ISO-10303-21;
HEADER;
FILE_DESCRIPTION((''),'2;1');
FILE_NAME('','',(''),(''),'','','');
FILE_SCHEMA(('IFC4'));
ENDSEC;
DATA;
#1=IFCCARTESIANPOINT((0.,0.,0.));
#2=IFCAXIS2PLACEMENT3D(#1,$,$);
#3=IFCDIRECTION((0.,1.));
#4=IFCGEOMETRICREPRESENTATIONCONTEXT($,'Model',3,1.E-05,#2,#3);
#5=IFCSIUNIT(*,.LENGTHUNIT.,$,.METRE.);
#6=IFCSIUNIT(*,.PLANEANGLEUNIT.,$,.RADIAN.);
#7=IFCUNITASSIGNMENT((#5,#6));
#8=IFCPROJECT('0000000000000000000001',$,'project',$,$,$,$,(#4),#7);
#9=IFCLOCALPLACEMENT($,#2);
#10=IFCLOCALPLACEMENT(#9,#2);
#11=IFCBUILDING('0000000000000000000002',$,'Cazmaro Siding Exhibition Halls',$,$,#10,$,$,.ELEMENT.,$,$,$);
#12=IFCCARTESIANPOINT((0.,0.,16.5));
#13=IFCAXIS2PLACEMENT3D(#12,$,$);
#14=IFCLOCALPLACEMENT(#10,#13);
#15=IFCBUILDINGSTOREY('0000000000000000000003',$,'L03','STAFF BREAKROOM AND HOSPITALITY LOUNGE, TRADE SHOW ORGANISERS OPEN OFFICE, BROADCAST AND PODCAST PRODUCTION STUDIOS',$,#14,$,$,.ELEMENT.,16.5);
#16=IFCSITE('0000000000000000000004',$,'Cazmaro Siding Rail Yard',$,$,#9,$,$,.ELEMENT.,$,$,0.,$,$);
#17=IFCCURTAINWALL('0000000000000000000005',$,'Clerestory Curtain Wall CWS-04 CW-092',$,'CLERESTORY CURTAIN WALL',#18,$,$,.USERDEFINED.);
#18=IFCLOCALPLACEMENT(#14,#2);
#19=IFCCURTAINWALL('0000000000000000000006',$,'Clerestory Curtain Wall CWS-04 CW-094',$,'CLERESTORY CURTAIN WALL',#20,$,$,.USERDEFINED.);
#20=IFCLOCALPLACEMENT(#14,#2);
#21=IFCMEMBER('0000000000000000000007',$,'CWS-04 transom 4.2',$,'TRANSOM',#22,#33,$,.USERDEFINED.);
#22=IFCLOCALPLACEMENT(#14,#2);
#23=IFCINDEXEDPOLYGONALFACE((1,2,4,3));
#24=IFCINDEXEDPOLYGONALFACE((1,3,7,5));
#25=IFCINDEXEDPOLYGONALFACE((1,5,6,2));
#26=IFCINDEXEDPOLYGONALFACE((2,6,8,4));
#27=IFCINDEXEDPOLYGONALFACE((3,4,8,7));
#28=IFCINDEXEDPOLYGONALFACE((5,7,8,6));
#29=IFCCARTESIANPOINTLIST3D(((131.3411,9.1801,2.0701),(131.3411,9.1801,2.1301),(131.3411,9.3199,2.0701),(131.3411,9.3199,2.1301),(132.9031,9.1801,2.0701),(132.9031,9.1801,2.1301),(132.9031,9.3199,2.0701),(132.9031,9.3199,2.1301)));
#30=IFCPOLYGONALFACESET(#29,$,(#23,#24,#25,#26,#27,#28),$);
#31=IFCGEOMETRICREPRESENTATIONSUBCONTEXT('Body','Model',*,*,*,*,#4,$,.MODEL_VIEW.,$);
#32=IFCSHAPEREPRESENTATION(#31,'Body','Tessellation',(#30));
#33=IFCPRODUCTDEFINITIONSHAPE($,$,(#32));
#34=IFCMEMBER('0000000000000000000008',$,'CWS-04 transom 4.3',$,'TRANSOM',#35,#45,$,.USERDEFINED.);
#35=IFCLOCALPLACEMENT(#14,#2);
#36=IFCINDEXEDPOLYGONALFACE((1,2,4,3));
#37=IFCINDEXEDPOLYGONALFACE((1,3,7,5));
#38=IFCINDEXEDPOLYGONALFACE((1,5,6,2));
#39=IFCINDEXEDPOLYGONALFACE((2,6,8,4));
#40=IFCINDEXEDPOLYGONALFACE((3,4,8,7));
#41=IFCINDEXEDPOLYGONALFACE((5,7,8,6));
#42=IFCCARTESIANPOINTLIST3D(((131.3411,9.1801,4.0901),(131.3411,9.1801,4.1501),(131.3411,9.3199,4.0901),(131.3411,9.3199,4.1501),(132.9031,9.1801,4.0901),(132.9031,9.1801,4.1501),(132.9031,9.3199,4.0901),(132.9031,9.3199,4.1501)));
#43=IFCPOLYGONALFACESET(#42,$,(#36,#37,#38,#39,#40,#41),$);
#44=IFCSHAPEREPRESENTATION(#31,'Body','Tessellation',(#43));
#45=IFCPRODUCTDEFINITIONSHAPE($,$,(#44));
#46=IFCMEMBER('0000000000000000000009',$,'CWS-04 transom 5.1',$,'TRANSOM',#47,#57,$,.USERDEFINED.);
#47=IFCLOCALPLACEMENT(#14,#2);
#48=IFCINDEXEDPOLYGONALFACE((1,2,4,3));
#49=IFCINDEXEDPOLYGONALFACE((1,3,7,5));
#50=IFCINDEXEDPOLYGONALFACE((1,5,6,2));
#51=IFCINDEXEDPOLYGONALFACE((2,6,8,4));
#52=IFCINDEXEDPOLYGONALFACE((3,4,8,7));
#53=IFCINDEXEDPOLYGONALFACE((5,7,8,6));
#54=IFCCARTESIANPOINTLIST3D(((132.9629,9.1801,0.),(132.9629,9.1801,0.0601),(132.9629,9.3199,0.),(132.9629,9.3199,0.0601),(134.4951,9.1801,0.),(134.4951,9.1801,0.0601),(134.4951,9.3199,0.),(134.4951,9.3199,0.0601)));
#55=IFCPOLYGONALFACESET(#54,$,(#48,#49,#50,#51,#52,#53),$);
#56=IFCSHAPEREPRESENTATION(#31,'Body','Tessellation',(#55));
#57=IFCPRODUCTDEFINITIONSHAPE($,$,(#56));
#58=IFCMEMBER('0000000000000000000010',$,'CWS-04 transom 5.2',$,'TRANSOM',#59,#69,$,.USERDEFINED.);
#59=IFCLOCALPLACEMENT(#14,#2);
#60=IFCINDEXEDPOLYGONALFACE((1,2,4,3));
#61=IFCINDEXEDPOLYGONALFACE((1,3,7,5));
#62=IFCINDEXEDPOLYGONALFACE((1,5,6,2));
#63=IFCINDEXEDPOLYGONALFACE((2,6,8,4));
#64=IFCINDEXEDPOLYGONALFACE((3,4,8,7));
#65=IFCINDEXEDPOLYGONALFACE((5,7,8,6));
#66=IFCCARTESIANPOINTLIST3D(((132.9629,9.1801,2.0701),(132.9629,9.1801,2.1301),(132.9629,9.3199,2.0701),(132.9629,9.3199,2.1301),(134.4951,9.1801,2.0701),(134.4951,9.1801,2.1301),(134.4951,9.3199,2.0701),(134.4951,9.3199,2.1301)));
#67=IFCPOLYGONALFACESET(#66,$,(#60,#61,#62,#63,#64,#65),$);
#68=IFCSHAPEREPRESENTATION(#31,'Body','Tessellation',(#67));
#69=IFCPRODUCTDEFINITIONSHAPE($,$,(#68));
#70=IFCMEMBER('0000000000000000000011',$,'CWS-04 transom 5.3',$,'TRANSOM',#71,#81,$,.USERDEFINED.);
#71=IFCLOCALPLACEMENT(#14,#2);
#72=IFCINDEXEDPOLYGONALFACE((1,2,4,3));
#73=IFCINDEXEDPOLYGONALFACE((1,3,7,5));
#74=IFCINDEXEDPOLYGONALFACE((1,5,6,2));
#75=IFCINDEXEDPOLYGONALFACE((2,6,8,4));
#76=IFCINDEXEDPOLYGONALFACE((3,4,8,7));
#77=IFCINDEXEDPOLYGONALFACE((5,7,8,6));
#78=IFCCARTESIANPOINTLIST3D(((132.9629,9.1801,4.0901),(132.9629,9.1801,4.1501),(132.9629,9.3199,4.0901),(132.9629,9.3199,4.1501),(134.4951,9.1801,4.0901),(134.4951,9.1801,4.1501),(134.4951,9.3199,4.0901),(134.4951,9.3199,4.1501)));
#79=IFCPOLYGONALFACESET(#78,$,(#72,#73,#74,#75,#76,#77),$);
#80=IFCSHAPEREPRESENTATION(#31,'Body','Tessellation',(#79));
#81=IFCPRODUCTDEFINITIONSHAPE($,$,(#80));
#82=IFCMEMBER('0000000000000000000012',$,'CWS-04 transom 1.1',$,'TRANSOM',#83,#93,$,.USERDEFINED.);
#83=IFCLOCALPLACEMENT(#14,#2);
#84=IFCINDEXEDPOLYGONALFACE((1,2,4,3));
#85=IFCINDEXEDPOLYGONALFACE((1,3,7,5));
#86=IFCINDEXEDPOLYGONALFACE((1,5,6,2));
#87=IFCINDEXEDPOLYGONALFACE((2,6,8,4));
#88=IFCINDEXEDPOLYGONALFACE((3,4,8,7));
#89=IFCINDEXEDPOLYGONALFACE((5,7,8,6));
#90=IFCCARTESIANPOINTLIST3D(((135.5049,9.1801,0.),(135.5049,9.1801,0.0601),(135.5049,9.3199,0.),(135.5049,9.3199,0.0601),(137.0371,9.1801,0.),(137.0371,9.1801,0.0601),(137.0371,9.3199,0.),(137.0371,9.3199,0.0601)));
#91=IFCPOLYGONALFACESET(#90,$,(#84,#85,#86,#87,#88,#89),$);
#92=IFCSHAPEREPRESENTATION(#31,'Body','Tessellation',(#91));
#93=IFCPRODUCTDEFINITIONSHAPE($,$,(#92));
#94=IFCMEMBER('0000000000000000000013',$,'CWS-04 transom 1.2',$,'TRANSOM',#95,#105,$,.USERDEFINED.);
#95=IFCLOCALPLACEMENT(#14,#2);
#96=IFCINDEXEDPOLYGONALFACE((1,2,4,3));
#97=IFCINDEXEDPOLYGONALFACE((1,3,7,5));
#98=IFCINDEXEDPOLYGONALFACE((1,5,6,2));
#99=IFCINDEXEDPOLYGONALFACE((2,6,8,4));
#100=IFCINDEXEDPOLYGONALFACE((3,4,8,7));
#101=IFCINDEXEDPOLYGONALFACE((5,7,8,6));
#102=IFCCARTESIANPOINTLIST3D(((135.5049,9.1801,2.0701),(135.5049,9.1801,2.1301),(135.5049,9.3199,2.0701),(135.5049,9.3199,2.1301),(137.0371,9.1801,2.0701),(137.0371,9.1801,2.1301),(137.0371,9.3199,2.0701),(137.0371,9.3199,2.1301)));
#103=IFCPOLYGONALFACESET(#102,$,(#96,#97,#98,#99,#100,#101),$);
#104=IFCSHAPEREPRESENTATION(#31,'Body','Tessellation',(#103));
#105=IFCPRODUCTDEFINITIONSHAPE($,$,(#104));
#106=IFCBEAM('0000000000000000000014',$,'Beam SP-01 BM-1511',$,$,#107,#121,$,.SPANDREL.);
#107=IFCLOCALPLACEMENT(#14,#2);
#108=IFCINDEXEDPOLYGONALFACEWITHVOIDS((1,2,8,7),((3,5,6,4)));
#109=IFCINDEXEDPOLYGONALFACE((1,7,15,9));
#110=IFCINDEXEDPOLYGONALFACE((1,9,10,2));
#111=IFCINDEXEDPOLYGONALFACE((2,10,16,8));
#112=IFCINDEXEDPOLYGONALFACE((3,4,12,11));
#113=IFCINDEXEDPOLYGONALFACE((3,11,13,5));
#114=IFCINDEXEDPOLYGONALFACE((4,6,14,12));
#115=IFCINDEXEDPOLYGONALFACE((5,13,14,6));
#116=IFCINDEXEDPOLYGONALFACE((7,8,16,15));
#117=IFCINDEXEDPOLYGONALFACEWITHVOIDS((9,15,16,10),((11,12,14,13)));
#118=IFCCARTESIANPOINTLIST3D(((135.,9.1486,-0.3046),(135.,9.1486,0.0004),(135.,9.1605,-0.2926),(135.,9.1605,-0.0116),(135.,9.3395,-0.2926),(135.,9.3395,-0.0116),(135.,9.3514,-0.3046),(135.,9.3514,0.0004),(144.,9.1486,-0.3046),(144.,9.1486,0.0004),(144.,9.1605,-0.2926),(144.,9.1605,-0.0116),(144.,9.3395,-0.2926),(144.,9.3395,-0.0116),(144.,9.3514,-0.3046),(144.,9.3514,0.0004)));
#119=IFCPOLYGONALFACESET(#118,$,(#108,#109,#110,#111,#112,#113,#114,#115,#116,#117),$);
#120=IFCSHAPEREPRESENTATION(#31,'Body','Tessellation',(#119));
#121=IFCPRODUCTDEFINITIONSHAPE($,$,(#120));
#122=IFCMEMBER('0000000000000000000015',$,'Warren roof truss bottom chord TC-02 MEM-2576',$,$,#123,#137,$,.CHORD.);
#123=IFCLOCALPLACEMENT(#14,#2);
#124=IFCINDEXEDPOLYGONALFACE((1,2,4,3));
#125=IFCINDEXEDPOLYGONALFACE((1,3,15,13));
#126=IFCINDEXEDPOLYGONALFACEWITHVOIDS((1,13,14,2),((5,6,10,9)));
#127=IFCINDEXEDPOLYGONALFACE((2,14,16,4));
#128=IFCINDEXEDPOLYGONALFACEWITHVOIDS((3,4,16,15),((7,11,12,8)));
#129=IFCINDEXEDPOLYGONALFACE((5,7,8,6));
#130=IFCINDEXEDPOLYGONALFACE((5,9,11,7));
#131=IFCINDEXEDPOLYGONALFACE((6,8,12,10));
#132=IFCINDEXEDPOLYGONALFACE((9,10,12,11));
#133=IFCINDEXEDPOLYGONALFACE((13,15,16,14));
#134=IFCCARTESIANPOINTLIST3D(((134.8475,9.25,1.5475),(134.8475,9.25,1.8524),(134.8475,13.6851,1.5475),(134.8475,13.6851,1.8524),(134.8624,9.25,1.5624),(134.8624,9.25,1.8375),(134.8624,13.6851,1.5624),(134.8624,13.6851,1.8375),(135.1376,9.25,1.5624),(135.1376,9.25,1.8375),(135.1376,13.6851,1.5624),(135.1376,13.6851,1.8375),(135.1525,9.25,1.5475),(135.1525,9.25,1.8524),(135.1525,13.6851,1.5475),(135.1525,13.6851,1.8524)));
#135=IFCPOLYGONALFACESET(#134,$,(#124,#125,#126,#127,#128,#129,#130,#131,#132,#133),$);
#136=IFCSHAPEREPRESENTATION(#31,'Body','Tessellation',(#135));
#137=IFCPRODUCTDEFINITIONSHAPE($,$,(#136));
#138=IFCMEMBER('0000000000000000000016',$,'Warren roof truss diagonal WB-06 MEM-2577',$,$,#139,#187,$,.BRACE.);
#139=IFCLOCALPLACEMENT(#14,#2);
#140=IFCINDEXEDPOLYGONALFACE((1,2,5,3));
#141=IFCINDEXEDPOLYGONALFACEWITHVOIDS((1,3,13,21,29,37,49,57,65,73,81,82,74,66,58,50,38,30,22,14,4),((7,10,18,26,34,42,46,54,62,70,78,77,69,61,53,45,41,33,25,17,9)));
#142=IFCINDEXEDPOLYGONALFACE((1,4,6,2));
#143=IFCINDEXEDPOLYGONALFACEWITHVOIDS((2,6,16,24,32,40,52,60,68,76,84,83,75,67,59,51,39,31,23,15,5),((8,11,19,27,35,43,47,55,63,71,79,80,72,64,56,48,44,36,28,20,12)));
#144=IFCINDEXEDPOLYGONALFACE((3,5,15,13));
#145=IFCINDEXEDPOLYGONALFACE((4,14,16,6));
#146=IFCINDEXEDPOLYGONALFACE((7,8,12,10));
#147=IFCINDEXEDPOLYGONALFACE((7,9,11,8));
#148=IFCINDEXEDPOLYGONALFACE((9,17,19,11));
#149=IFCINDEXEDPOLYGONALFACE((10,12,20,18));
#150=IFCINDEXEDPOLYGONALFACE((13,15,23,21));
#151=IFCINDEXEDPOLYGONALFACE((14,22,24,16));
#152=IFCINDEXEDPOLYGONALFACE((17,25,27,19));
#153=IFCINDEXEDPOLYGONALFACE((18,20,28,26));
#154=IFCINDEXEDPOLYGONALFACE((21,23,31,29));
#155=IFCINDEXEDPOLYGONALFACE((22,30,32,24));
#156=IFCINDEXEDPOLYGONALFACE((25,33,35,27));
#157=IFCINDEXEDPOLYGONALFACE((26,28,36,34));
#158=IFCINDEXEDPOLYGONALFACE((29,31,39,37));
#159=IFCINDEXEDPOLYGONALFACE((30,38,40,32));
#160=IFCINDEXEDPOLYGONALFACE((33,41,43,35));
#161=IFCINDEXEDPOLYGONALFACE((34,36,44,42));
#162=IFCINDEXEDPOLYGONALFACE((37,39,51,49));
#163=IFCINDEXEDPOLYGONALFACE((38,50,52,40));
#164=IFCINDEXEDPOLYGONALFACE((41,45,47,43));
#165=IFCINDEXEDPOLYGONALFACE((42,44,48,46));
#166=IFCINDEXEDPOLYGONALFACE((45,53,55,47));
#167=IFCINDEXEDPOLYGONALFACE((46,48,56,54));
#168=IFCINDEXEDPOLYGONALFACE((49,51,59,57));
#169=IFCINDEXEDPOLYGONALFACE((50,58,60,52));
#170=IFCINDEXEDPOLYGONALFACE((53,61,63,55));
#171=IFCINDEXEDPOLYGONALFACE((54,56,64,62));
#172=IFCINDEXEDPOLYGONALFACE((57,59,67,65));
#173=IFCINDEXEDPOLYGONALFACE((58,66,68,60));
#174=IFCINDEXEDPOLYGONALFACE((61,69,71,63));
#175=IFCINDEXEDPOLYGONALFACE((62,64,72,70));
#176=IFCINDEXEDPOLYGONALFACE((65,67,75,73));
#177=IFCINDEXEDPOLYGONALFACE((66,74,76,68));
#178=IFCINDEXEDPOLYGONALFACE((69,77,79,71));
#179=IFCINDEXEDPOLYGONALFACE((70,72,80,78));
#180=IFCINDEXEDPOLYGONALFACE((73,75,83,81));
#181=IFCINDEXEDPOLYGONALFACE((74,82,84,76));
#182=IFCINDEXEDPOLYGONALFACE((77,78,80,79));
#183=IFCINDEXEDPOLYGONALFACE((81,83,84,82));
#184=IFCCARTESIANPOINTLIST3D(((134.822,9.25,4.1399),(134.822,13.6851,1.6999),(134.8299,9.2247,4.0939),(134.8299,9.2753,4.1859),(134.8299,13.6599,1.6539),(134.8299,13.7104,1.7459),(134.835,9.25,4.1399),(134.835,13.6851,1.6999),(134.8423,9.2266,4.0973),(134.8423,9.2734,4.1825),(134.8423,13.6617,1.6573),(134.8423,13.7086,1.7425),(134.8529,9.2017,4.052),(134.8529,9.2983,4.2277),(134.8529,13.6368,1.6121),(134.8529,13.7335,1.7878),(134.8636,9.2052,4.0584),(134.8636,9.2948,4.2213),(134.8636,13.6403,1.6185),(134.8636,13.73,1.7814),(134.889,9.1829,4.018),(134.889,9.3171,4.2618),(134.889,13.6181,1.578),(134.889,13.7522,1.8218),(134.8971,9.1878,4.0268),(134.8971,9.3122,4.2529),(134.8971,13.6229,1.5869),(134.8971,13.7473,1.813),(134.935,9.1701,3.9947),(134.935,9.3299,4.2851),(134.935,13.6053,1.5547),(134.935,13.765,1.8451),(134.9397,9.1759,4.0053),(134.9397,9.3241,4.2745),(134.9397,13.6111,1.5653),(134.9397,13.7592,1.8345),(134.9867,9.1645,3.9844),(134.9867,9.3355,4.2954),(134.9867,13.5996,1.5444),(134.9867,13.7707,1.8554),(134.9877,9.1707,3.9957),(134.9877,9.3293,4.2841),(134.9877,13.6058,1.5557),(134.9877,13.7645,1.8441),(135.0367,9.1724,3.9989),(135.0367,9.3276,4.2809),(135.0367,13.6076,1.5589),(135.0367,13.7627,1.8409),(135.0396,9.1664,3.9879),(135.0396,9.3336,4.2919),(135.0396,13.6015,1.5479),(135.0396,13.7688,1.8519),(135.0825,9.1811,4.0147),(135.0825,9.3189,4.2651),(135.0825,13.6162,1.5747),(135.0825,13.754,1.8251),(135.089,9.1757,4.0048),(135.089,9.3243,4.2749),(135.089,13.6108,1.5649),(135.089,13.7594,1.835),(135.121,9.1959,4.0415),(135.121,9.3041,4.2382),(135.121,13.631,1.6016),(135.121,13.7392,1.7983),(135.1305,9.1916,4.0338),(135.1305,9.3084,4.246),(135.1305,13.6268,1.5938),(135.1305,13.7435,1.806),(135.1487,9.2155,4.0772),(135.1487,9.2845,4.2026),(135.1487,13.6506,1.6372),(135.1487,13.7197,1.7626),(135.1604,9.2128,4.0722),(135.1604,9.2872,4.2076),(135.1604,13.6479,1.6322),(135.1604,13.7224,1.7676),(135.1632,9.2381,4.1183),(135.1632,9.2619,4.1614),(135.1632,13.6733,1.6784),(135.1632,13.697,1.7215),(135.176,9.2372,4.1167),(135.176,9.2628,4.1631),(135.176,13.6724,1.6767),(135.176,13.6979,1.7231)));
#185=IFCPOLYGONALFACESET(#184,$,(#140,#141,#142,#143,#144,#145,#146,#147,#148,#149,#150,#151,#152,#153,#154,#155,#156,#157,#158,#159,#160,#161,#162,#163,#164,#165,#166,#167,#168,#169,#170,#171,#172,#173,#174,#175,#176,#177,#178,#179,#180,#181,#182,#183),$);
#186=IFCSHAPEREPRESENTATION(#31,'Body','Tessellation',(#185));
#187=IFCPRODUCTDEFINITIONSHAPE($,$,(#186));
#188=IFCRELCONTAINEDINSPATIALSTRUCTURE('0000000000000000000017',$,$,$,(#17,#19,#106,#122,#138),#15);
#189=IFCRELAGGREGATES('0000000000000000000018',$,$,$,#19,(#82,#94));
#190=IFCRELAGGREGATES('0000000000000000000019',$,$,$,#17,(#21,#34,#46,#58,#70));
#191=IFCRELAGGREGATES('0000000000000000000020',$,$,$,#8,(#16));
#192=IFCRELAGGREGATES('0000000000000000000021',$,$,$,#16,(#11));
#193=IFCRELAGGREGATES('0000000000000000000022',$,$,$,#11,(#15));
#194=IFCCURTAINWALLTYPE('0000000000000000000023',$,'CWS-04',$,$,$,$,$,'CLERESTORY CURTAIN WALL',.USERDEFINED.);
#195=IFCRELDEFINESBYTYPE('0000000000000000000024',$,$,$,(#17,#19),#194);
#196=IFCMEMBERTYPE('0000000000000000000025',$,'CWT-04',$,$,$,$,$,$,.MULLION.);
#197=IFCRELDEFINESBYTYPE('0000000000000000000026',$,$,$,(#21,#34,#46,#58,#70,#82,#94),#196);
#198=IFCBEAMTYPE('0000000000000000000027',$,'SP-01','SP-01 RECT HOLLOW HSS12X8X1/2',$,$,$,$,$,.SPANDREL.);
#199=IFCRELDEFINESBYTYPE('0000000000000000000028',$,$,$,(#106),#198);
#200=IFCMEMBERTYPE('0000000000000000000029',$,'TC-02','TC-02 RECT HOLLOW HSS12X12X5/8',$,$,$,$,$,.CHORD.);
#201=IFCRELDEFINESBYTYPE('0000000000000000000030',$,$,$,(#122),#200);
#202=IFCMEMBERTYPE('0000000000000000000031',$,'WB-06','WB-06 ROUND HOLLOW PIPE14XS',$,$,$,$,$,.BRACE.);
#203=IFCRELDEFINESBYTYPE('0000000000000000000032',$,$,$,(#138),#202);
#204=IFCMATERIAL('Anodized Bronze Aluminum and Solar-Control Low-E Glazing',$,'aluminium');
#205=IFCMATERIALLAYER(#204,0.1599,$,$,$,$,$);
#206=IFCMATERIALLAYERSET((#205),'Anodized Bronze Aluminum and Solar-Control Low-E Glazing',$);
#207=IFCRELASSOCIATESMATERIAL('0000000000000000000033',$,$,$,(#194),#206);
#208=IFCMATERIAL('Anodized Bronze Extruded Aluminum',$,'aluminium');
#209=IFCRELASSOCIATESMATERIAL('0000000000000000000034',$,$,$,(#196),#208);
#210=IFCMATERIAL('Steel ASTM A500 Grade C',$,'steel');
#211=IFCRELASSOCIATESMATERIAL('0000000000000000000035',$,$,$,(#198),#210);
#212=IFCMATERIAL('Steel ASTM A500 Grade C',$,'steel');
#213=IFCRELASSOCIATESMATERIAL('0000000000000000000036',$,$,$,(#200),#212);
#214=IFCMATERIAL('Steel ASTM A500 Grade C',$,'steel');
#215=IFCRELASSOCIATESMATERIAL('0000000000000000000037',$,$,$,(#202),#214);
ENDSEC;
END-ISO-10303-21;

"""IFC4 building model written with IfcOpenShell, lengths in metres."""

from ifc_helpers import new_model, si_unit, direction, frame, origin, origin_2d, place, context, subcontext, project, spatial, rectangle, hollow_rectangle, hollow_circle, extrude, material, layer, layer_set, material_profile, profile_set, type_object, element, aggregate, save


model = new_model("IFC4")

# Units and contexts
model_context = context("Model", 3, precision=1e-05, world=origin(), true_north=direction((0.0, 1.0)))
body_context = subcontext(model_context, "Body", "Model", "MODEL_VIEW")
ifc_project = project(units=[si_unit("LENGTHUNIT", "METRE"), si_unit("PLANEANGLEUNIT", "RADIAN")], contexts=[model_context])

# Site, building, storey
site_placement = place(None, origin())
site = spatial("IfcSite", under=ifc_project, at=site_placement, Name="Cazmaro Siding Rail Yard", CompositionType="ELEMENT", RefElevation=0.0)
building_placement = place(site_placement, origin())
building = spatial("IfcBuilding", under=site, at=building_placement, Name="Cazmaro Siding Exhibition Halls", CompositionType="ELEMENT")
storey_placement = place(building_placement, frame((0.0, 0.0, 16.5)))
storey = spatial("IfcBuildingStorey", under=building, at=storey_placement, Name="L03", Description="STAFF BREAKROOM AND HOSPITALITY LOUNGE, TRADE SHOW ORGANISERS OPEN OFFICE, BROADCAST AND PODCAST PRODUCTION STUDIOS", CompositionType="ELEMENT", Elevation=16.5)

# Curtain wall
ifc_material_1 = material(Name="Anodized Bronze Aluminum and Solar-Control Low-E Glazing", Category="aluminium")
ifc_layer_1 = layer(ifc_material_1, 0.1599)
ifc_layer_set_1 = layer_set([ifc_layer_1], Name="Anodized Bronze Aluminum and Solar-Control Low-E Glazing")
curtain_wall_type = type_object("IfcCurtainWallType", Name="CWS-04", ElementType="CLERESTORY CURTAIN WALL", PredefinedType="USERDEFINED", material=ifc_layer_set_1)
curtain_wall_1_placement = place(storey_placement, origin())
curtain_wall_1 = element("IfcCurtainWall", 1, at=curtain_wall_1_placement, inside=storey, type_object=curtain_wall_type, Name="Clerestory Curtain Wall CWS-04 CW-092", ObjectType="CLERESTORY CURTAIN WALL", PredefinedType="USERDEFINED")

# Curtain wall
curtain_wall_2_placement = place(storey_placement, origin())
curtain_wall_2 = element("IfcCurtainWall", 2, at=curtain_wall_2_placement, inside=storey, type_object=curtain_wall_type, Name="Clerestory Curtain Wall CWS-04 CW-094", ObjectType="CLERESTORY CURTAIN WALL", PredefinedType="USERDEFINED")

# Members
ifc_material_2 = material(Name="Anodized Bronze Extruded Aluminum", Category="aluminium")
ifc_material_profile_1 = material_profile(ifc_material_2, rectangle(XDim=0.1399, YDim=0.0601, at=origin_2d()), Name="CWT-04")
ifc_profile_set_1 = profile_set([ifc_material_profile_1], Name="Anodized Bronze Extruded Aluminum")
member_type_1 = type_object("IfcMemberType", Name="CWT-04", PredefinedType="MULLION", material=ifc_profile_set_1)
member_1_placement = place(storey_placement, frame((131.3411, 9.25, 2.1001), z_axis=(1.0, 0.0, 0.0), x_axis=(0.0, 1.0, 0.0)))
member_1 = element("IfcMember", 3, at=member_1_placement, type_object=member_type_1, Name="CWS-04 transom 4.2", ObjectType="TRANSOM", PredefinedType="USERDEFINED", context=body_context, shape_type="SweptSolid", body=[
    extrude(rectangle(XDim=0.1399, YDim=0.0601, at=origin_2d()), origin(), (0.0, 0.0, 1.0), 1.562),
])
member_2_placement = place(storey_placement, frame((131.3411, 9.25, 4.1201), z_axis=(1.0, 0.0, 0.0), x_axis=(0.0, 1.0, 0.0)))
member_2 = element("IfcMember", 4, at=member_2_placement, type_object=member_type_1, Name="CWS-04 transom 4.3", ObjectType="TRANSOM", PredefinedType="USERDEFINED", context=body_context, shape_type="SweptSolid", body=[
    extrude(rectangle(XDim=0.1399, YDim=0.0601, at=origin_2d()), origin(), (0.0, 0.0, 1.0), 1.562),
])
member_3_placement = place(storey_placement, frame((132.9629, 9.25, 0.03), z_axis=(1.0, 0.0, 0.0), x_axis=(0.0, 1.0, 0.0)))
member_3 = element("IfcMember", 5, at=member_3_placement, type_object=member_type_1, Name="CWS-04 transom 5.1", ObjectType="TRANSOM", PredefinedType="USERDEFINED", context=body_context, shape_type="SweptSolid", body=[
    extrude(rectangle(XDim=0.1399, YDim=0.0601, at=origin_2d()), origin(), (0.0, 0.0, 1.0), 1.5322),
])
member_4_placement = place(storey_placement, frame((132.9629, 9.25, 2.1001), z_axis=(1.0, 0.0, 0.0), x_axis=(0.0, 1.0, 0.0)))
member_4 = element("IfcMember", 6, at=member_4_placement, type_object=member_type_1, Name="CWS-04 transom 5.2", ObjectType="TRANSOM", PredefinedType="USERDEFINED", context=body_context, shape_type="SweptSolid", body=[
    extrude(rectangle(XDim=0.1399, YDim=0.0601, at=origin_2d()), origin(), (0.0, 0.0, 1.0), 1.5322),
])
member_5_placement = place(storey_placement, frame((132.9629, 9.25, 4.1201), z_axis=(1.0, 0.0, 0.0), x_axis=(0.0, 1.0, 0.0)))
member_5 = element("IfcMember", 7, at=member_5_placement, type_object=member_type_1, Name="CWS-04 transom 5.3", ObjectType="TRANSOM", PredefinedType="USERDEFINED", context=body_context, shape_type="SweptSolid", body=[
    extrude(rectangle(XDim=0.1399, YDim=0.0601, at=origin_2d()), origin(), (0.0, 0.0, 1.0), 1.5322),
])
member_6_placement = place(storey_placement, frame((135.5049, 9.25, 0.03), z_axis=(1.0, 0.0, 0.0), x_axis=(0.0, 1.0, 0.0)))
member_6 = element("IfcMember", 8, at=member_6_placement, type_object=member_type_1, Name="CWS-04 transom 1.1", ObjectType="TRANSOM", PredefinedType="USERDEFINED", context=body_context, shape_type="SweptSolid", body=[
    extrude(rectangle(XDim=0.1399, YDim=0.0601, at=origin_2d()), origin(), (0.0, 0.0, 1.0), 1.5322),
])
member_7_placement = place(storey_placement, frame((135.5049, 9.25, 2.1001), z_axis=(1.0, 0.0, 0.0), x_axis=(0.0, 1.0, 0.0)))
member_7 = element("IfcMember", 9, at=member_7_placement, type_object=member_type_1, Name="CWS-04 transom 1.2", ObjectType="TRANSOM", PredefinedType="USERDEFINED", context=body_context, shape_type="SweptSolid", body=[
    extrude(rectangle(XDim=0.1399, YDim=0.0601, at=origin_2d()), origin(), (0.0, 0.0, 1.0), 1.5322),
])
aggregate(curtain_wall_2, [member_6, member_7])

# Beam
ifc_material_3 = material(Name="Steel ASTM A500 Grade C", Category="steel")
ifc_material_profile_2 = material_profile(ifc_material_3, hollow_rectangle(XDim=0.2029, YDim=0.3049, WallThickness=0.012, at=origin_2d()), Name="HSS12X8X1/2")
ifc_profile_set_2 = profile_set([ifc_material_profile_2], Name="Steel ASTM A500 Grade C")
beam_type = type_object("IfcBeamType", Name="SP-01", Description="SP-01 RECT HOLLOW HSS12X8X1/2", PredefinedType="SPANDREL", material=ifc_profile_set_2)
beam_placement = place(storey_placement, frame((135.0, 9.25, -0.1521), z_axis=(1.0, 0.0, 0.0), x_axis=(0.0, 1.0, 0.0)))
element("IfcBeam", 10, at=beam_placement, inside=storey, type_object=beam_type, Name="Beam SP-01 BM-1511", PredefinedType="SPANDREL", context=body_context, shape_type="SweptSolid", body=[
    extrude(hollow_rectangle(XDim=0.2029, YDim=0.3049, WallThickness=0.012, at=origin_2d()), origin(), (0.0, 0.0, 1.0), 9.0),
])

# Members
ifc_material_4 = material(Name="Steel ASTM A500 Grade C", Category="steel")
ifc_material_profile_3 = material_profile(ifc_material_4, hollow_rectangle(XDim=0.3049, YDim=0.3049, WallThickness=0.0149, at=origin_2d()), Name="HSS12X12X5/8")
ifc_profile_set_3 = profile_set([ifc_material_profile_3], Name="Steel ASTM A500 Grade C")
member_type_2 = type_object("IfcMemberType", Name="TC-02", Description="TC-02 RECT HOLLOW HSS12X12X5/8", PredefinedType="CHORD", material=ifc_profile_set_3)
member_8_placement = place(storey_placement, frame((135.0, 9.25, 1.7), z_axis=(0.0, 1.0, 0.0), x_axis=(-1.0, 0.0, 0.0)))
element("IfcMember", 11, at=member_8_placement, inside=storey, type_object=member_type_2, Name="Warren roof truss bottom chord TC-02 MEM-2576", PredefinedType="CHORD", context=body_context, shape_type="SweptSolid", body=[
    extrude(hollow_rectangle(XDim=0.3049, YDim=0.3049, WallThickness=0.0149, at=origin_2d()), origin(), (0.0, 0.0, 1.0), 4.4351),
])
ifc_material_5 = material(Name="Steel ASTM A500 Grade C", Category="steel")
ifc_material_profile_4 = material_profile(ifc_material_5, hollow_circle(Radius=0.178, WallThickness=0.0129, at=origin_2d()), Name="PIPE14XS")
ifc_profile_set_4 = profile_set([ifc_material_profile_4], Name="Steel ASTM A500 Grade C")
member_type_3 = type_object("IfcMemberType", Name="WB-06", Description="WB-06 ROUND HOLLOW PIPE14XS", PredefinedType="BRACE", material=ifc_profile_set_4)
member_9_placement = place(storey_placement, frame((135.0, 9.25, 4.1399), z_axis=(0.0, 0.876161, -0.482019), x_axis=(-1.0, 0.0, 0.0)))
element("IfcMember", 12, at=member_9_placement, inside=storey, type_object=member_type_3, Name="Warren roof truss diagonal WB-06 MEM-2577", PredefinedType="BRACE", context=body_context, shape_type="SweptSolid", body=[
    extrude(hollow_circle(Radius=0.178, WallThickness=0.0129, at=origin_2d()), origin(), (0.0, 0.0, 1.0), 5.062),
])

aggregate(curtain_wall_1, [member_1, member_2, member_3, member_4, member_5])

save(model, "model.ifc")
